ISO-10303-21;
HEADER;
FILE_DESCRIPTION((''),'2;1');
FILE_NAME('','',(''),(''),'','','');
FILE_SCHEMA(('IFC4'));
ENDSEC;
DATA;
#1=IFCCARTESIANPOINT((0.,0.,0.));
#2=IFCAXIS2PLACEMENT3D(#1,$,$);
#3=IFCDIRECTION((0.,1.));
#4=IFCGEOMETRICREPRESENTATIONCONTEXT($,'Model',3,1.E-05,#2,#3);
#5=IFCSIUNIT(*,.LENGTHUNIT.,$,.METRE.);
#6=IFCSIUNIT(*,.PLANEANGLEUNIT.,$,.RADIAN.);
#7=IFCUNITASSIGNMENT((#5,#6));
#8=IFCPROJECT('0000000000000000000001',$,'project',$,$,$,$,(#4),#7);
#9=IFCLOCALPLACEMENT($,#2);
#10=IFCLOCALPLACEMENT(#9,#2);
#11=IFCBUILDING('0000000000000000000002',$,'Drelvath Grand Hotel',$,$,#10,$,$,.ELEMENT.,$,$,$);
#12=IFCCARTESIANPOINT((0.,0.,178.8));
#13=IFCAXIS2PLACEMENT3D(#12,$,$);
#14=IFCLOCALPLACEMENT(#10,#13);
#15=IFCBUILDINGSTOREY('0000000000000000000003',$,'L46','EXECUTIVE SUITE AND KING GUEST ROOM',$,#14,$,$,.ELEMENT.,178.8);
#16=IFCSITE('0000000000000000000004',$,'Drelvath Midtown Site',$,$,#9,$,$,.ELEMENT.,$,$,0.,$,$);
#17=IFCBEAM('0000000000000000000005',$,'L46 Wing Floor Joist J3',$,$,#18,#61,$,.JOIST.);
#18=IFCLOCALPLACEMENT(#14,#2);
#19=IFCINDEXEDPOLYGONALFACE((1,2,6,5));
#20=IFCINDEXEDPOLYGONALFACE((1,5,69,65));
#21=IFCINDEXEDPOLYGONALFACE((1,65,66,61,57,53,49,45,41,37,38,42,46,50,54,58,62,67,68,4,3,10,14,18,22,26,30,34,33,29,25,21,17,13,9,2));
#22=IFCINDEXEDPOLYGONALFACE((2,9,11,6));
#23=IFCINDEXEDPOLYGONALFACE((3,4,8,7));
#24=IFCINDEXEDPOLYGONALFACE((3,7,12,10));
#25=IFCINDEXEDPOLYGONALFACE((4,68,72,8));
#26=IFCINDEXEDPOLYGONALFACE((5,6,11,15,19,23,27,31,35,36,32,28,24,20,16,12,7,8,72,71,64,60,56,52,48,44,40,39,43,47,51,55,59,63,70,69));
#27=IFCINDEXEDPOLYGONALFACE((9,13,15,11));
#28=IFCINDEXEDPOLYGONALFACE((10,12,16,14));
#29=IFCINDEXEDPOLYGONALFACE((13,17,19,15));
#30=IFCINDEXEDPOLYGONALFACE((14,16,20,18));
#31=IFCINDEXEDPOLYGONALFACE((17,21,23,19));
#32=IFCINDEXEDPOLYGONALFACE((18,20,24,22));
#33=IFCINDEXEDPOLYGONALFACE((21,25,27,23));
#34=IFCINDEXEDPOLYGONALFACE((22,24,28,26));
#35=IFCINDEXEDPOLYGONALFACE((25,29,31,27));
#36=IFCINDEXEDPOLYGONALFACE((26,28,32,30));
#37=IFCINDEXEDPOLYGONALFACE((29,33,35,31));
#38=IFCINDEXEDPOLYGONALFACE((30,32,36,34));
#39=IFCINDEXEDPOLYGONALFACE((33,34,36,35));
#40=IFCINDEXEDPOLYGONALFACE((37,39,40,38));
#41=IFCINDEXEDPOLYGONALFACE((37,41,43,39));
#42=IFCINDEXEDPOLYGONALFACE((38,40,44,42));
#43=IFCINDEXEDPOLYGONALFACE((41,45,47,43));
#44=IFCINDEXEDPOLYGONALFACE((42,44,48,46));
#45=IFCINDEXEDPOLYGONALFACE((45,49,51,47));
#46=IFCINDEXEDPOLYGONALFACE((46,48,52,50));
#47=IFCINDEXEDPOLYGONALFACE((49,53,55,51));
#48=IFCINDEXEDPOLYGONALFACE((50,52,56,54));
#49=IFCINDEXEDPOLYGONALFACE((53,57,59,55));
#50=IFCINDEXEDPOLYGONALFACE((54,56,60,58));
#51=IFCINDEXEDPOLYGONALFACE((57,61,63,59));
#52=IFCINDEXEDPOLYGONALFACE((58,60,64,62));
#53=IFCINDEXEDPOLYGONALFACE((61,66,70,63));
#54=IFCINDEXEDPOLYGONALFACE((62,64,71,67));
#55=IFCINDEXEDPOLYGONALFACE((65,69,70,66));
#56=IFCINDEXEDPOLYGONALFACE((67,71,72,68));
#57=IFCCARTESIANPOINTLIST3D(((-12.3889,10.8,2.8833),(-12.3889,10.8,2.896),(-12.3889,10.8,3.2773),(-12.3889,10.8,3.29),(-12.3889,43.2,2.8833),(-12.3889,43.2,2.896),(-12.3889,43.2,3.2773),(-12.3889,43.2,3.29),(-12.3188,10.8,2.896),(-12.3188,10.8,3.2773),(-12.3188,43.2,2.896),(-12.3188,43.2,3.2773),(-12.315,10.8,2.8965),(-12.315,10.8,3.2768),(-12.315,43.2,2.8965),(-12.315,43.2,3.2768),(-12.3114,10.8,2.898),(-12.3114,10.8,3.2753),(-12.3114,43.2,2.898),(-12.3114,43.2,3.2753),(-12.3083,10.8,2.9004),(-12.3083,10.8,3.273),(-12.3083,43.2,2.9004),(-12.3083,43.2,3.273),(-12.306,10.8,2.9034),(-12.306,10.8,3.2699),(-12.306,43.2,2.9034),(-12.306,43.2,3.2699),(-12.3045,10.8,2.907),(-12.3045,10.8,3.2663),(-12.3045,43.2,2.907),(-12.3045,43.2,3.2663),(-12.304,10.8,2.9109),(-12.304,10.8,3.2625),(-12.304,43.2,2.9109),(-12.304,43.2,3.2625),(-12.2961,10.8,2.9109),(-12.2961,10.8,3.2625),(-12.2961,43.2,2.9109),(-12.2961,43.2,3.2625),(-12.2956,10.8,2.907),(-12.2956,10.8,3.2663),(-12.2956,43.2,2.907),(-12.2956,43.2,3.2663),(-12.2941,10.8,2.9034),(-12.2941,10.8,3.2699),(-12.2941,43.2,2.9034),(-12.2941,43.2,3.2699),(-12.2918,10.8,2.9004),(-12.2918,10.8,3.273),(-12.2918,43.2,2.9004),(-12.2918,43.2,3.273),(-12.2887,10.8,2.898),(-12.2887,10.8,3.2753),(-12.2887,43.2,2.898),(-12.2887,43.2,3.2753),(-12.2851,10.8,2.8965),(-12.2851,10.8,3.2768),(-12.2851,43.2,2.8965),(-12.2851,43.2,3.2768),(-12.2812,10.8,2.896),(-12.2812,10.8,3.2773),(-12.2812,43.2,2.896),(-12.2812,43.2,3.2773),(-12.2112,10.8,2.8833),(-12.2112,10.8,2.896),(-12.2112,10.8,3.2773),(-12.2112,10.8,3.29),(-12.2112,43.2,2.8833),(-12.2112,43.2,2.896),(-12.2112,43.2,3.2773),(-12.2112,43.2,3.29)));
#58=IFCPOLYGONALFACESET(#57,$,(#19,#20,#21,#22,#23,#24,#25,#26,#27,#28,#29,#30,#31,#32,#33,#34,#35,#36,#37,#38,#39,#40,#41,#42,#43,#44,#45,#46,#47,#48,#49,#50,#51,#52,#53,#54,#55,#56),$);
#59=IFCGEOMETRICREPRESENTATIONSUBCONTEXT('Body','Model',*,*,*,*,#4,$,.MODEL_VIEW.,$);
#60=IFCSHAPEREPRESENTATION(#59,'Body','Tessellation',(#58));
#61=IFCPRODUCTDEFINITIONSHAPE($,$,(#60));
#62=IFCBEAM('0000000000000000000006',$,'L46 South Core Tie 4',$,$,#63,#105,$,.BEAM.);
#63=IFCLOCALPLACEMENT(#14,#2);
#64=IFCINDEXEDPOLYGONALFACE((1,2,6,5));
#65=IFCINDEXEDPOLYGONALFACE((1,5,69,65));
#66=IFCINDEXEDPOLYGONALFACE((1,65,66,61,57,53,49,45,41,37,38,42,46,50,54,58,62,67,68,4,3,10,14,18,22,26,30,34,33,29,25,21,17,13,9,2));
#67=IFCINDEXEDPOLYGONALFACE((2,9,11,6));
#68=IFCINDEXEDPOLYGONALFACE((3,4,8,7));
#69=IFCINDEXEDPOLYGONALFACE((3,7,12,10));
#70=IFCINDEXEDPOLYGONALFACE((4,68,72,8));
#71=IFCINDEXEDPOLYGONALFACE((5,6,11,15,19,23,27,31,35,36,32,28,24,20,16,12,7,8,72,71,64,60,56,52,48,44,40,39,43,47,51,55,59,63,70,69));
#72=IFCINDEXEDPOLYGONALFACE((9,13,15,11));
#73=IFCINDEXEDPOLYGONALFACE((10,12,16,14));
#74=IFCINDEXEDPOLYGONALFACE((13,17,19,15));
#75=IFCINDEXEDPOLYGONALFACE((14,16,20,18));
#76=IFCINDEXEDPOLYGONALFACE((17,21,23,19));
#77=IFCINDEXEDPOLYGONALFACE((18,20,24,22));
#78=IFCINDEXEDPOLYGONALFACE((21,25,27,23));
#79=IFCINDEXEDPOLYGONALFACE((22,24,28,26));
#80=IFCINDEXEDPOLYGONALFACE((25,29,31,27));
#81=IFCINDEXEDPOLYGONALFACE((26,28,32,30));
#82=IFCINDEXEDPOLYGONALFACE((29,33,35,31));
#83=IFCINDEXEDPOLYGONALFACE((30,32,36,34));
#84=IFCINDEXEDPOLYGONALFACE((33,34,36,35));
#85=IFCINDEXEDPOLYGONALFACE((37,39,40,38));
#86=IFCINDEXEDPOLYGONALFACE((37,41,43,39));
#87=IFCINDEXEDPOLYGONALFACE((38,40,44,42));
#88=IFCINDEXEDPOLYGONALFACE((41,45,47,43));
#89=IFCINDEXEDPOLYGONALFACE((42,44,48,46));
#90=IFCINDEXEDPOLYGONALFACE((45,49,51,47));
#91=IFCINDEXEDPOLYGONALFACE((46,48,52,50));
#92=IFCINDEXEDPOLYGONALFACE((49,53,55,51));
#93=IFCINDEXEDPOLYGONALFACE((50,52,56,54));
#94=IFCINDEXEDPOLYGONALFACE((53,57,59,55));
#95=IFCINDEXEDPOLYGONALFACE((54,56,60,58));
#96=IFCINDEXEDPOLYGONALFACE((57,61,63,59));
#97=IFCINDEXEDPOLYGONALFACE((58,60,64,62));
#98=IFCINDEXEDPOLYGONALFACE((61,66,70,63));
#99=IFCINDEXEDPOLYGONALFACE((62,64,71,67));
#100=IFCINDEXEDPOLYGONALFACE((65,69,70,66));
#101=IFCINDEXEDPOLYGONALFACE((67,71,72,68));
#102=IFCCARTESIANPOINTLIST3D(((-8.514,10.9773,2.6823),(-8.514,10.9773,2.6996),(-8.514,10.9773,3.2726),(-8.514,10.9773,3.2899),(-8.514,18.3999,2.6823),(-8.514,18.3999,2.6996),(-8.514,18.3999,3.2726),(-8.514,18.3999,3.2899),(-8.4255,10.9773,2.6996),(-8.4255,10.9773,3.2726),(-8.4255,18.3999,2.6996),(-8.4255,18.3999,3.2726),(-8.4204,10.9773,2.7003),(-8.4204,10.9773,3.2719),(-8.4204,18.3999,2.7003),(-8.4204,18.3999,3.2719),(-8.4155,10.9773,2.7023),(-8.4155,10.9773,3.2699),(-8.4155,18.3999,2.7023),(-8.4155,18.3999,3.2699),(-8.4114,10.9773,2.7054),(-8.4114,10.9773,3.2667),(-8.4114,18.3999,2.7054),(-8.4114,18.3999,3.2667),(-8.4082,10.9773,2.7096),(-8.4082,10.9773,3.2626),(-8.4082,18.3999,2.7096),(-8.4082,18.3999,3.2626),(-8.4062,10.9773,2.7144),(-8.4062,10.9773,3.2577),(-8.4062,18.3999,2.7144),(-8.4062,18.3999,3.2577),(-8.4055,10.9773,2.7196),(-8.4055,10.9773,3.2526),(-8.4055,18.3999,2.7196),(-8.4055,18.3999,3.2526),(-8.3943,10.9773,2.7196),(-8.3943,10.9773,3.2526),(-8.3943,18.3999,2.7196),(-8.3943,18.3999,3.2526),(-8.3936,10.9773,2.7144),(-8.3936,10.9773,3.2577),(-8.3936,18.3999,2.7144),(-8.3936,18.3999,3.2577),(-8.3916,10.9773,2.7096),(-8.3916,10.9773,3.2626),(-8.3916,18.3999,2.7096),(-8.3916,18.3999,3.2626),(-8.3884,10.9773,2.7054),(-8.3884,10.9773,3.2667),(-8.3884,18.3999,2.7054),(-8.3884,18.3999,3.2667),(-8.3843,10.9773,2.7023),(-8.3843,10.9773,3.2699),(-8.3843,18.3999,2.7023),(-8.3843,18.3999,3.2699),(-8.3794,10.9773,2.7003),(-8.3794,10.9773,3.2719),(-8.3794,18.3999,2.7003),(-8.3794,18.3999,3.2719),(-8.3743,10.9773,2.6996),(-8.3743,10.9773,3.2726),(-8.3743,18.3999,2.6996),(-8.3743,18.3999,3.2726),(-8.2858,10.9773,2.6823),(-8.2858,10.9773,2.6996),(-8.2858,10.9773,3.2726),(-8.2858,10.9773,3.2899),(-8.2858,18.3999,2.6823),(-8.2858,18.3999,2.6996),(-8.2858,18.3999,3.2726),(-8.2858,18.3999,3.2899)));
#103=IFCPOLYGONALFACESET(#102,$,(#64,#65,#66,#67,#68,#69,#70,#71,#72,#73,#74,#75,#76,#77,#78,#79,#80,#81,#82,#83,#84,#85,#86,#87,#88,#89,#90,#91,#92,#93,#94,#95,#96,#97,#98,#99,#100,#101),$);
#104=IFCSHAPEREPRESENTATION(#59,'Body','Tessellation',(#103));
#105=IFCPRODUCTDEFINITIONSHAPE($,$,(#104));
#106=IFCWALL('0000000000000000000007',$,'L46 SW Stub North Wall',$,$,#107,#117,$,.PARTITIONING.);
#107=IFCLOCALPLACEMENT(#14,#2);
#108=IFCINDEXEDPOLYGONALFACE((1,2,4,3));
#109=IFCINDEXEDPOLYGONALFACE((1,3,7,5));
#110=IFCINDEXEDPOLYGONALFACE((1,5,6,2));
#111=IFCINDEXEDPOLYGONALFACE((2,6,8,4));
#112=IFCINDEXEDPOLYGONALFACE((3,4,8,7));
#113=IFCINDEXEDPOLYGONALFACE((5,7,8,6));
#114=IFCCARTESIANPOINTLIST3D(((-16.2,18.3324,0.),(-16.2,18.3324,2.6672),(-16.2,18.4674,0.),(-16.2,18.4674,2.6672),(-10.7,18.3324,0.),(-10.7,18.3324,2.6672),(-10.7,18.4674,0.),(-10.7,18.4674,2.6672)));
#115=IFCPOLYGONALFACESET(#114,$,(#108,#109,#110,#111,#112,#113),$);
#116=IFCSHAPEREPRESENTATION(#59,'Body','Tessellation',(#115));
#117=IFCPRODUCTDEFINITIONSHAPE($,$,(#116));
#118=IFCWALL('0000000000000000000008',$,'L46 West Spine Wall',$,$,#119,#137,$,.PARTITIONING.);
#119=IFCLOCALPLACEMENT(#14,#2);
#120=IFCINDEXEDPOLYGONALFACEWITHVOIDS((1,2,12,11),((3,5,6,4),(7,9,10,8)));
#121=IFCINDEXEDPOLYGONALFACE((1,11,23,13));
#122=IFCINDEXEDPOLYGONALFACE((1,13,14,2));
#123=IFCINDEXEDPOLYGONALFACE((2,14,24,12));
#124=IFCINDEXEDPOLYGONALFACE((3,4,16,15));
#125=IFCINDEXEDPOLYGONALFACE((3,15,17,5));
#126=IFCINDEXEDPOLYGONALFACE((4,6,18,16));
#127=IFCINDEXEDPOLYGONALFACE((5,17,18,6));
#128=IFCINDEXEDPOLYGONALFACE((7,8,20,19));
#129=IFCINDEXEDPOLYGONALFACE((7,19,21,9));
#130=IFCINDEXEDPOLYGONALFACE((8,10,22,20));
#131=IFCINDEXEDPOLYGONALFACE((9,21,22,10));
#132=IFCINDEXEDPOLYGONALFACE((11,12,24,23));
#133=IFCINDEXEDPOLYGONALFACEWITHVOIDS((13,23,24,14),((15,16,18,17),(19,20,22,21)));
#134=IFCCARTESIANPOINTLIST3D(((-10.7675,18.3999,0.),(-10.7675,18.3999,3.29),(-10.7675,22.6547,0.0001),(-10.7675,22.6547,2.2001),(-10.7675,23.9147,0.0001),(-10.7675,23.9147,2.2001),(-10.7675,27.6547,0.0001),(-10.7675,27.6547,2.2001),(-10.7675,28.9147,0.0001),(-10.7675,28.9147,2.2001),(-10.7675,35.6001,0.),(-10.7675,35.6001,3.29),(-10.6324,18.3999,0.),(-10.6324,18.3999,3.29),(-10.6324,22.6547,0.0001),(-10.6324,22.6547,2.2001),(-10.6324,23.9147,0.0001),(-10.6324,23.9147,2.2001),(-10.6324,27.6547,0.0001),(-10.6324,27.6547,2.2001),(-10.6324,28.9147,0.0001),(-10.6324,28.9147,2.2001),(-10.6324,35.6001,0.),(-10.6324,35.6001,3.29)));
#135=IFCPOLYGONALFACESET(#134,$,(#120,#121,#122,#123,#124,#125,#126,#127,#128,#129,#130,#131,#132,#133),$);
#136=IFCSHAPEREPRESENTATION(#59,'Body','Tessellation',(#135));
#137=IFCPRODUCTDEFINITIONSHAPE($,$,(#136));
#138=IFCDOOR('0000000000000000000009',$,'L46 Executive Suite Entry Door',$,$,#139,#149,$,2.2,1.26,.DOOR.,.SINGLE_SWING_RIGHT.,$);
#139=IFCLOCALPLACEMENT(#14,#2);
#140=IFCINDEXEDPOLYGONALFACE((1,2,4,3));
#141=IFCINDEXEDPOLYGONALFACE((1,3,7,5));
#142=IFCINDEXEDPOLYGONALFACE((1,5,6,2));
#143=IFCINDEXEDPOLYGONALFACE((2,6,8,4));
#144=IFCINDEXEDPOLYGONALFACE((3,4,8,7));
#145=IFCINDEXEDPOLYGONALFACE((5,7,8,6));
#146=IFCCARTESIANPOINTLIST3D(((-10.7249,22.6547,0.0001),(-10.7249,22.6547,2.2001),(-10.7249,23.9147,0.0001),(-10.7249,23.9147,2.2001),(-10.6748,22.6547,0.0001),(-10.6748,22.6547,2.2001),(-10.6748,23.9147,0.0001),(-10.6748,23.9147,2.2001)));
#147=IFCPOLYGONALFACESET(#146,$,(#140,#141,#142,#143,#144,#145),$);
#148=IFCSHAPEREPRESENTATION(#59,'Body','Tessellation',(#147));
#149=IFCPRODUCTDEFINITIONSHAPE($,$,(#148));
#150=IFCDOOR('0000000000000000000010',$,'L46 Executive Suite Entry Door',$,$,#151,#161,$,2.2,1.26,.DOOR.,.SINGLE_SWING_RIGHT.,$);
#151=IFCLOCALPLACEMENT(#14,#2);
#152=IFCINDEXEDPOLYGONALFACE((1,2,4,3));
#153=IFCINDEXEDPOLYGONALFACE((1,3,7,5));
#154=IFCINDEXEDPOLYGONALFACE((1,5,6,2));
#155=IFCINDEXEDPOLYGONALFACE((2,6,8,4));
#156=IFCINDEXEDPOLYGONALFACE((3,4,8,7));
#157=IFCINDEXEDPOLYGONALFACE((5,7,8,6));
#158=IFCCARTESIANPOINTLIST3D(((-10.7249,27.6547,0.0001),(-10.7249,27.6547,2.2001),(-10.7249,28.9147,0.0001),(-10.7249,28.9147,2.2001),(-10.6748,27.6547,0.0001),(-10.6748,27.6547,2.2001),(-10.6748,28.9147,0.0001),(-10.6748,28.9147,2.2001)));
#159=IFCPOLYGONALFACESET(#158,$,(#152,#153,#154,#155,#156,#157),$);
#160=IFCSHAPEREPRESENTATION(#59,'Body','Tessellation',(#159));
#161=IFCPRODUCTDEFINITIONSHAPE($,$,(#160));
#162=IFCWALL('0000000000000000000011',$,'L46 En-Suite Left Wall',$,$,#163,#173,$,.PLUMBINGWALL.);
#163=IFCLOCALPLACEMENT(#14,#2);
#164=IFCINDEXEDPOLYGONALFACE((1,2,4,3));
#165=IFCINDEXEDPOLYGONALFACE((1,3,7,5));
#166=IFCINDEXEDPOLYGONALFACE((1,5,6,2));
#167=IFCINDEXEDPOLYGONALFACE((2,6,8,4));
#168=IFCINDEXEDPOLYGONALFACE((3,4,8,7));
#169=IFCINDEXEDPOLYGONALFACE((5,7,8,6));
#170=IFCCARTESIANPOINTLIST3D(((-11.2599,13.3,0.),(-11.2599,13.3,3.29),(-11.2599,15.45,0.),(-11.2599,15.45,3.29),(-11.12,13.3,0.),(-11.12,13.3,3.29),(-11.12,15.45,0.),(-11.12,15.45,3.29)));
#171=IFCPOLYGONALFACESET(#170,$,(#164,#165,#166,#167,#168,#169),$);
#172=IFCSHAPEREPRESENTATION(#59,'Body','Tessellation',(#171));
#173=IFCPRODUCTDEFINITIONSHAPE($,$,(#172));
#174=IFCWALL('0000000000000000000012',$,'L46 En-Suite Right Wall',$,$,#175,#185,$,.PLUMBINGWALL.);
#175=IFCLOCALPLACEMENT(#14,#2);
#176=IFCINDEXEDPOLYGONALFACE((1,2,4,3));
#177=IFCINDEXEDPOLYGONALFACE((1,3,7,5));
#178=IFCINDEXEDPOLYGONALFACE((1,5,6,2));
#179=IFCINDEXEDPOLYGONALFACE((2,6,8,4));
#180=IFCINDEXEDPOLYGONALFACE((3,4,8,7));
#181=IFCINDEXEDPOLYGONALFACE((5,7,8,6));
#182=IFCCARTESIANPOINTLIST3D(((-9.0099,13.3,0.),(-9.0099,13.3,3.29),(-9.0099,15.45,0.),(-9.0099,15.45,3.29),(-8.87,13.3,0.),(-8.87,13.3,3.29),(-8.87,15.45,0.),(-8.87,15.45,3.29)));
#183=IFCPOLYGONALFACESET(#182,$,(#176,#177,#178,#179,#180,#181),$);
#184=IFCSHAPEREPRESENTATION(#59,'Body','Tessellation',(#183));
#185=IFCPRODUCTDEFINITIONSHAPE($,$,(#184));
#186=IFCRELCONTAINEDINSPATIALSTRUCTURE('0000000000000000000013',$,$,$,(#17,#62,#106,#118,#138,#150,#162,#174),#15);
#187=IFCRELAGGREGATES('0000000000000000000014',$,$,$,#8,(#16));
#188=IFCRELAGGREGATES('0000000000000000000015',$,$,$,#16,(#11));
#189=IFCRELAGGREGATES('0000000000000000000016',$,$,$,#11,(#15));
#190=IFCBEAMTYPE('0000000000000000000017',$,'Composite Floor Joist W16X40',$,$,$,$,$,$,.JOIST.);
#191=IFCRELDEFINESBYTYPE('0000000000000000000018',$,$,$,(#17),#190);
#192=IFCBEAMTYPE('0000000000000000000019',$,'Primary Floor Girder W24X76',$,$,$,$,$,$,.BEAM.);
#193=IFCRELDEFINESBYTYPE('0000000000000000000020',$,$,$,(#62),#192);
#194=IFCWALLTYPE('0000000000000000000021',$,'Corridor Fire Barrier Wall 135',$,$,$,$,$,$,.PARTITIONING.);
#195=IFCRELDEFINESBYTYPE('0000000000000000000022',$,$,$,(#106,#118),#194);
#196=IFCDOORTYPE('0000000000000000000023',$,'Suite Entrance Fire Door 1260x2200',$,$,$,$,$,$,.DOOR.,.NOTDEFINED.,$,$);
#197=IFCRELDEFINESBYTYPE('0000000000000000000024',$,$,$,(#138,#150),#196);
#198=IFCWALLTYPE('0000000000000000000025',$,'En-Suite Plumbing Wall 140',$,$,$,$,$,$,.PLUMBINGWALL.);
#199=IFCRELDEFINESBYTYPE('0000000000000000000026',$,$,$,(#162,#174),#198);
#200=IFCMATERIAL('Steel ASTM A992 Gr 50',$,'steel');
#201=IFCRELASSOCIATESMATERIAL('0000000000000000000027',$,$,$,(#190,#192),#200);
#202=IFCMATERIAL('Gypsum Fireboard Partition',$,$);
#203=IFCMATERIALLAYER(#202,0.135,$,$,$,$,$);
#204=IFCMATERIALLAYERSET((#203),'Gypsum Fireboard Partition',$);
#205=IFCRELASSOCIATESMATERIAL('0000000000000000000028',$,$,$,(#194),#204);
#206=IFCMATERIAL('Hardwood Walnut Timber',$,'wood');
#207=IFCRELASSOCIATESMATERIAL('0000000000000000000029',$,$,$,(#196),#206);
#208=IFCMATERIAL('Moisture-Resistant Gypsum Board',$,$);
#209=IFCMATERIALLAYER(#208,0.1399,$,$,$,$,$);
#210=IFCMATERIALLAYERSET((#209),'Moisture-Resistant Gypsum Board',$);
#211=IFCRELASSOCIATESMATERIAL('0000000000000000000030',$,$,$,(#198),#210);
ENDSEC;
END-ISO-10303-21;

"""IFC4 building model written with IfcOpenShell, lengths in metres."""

from ifc_helpers import new_model, si_unit, direction, frame, frame_2d, origin, origin_2d, place, context, subcontext, project, spatial, rectangle, i_section, extrude, material, layer, layer_set, material_profile, profile_set, type_object, element, fill, save


model = new_model("IFC4")

# Units and contexts
model_context = context("Model", 3, precision=1e-05, world=origin(), true_north=direction((0.0, 1.0)))
body_context = subcontext(model_context, "Body", "Model", "MODEL_VIEW")
ifc_project = project(units=[si_unit("LENGTHUNIT", "METRE"), si_unit("PLANEANGLEUNIT", "RADIAN")], contexts=[model_context])

# Site, building, storey
site_placement = place(None, origin())
site = spatial("IfcSite", under=ifc_project, at=site_placement, Name="Drelvath Midtown Site", CompositionType="ELEMENT", RefElevation=0.0)
building_placement = place(site_placement, origin())
building = spatial("IfcBuilding", under=site, at=building_placement, Name="Drelvath Grand Hotel", CompositionType="ELEMENT")
storey_placement = place(building_placement, frame((0.0, 0.0, 178.8)))
storey = spatial("IfcBuildingStorey", under=building, at=storey_placement, Name="L46", Description="EXECUTIVE SUITE AND KING GUEST ROOM", CompositionType="ELEMENT", Elevation=178.8)

# Beams
ifc_material_1 = material(Name="Steel ASTM A992 Gr 50", Category="steel")
ifc_material_profile_1 = material_profile(ifc_material_1, i_section(OverallWidth=0.1777, OverallDepth=0.4067, WebThickness=0.0078, FlangeThickness=0.0127, FilletRadius=0.0149, at=origin_2d()), Name="W16X40")
ifc_profile_set_1 = profile_set([ifc_material_profile_1], Name="Steel ASTM A992 Gr 50")
beam_type_1 = type_object("IfcBeamType", Name="Composite Floor Joist W16X40", PredefinedType="JOIST", material=ifc_profile_set_1)
beam_1_placement = place(storey_placement, frame((-12.3, 10.8, 3.0867), z_axis=(0.0, 1.0, 0.0), x_axis=(-1.0, 0.0, 0.0)))
element("IfcBeam", 1, at=beam_1_placement, inside=storey, type_object=beam_type_1, Name="L46 Wing Floor Joist J3", PredefinedType="JOIST", context=body_context, shape_type="SweptSolid", body=[
    extrude(i_section(OverallWidth=0.1777, OverallDepth=0.4067, WebThickness=0.0078, FlangeThickness=0.0127, FilletRadius=0.0149, at=origin_2d()), origin(), (0.0, 0.0, 1.0), 32.3999),
])
ifc_material_profile_2 = material_profile(ifc_material_1, i_section(OverallWidth=0.2283, OverallDepth=0.6077, WebThickness=0.0112, FlangeThickness=0.0173, FilletRadius=0.02, at=origin_2d()), Name="W24X76")
ifc_profile_set_2 = profile_set([ifc_material_profile_2], Name="Steel ASTM A992 Gr 50")
beam_type_2 = type_object("IfcBeamType", Name="Primary Floor Girder W24X76", PredefinedType="BEAM", material=ifc_profile_set_2)
beam_2_placement = place(storey_placement, frame((-8.3999, 10.9773, 2.9861), z_axis=(0.0, 1.0, 0.0), x_axis=(-1.0, 0.0, 0.0)))
element("IfcBeam", 2, at=beam_2_placement, inside=storey, type_object=beam_type_2, Name="L46 South Core Tie 4", PredefinedType="BEAM", context=body_context, shape_type="SweptSolid", body=[
    extrude(i_section(OverallWidth=0.2283, OverallDepth=0.6077, WebThickness=0.0112, FlangeThickness=0.0173, FilletRadius=0.02, at=origin_2d()), origin(), (0.0, 0.0, 1.0), 7.4226),
])

# Wall
ifc_material_2 = material(Name="Gypsum Fireboard Partition")
ifc_layer_1 = layer(ifc_material_2, 0.135)
ifc_layer_set_1 = layer_set([ifc_layer_1], Name="Gypsum Fireboard Partition")
wall_type_1 = type_object("IfcWallType", Name="Corridor Fire Barrier Wall 135", PredefinedType="PARTITIONING", material=ifc_layer_set_1)
wall_1_placement = place(storey_placement, frame((-16.2, 18.3999, 0.0), z_axis=(0.0, 0.0, 1.0), x_axis=(1.0, 0.0, 0.0)))
element("IfcWall", 3, at=wall_1_placement, inside=storey, type_object=wall_type_1, Name="L46 SW Stub North Wall", PredefinedType="PARTITIONING", context=body_context, shape_type="SweptSolid", body=[
    extrude(rectangle(XDim=5.5, YDim=0.135, at=frame_2d((2.75, 0.0))), origin(), (0.0, 0.0, 1.0), 2.6672),
])

# Wall, openings, doors
wall_2_placement = place(storey_placement, frame((-10.7, 18.3999, 0.0), z_axis=(0.0, 0.0, 1.0), x_axis=(0.0, 1.0, 0.0)))
wall_2 = element("IfcWall", 4, at=wall_2_placement, inside=storey, type_object=wall_type_1, Name="L46 West Spine Wall", PredefinedType="PARTITIONING", context=body_context, shape_type="SweptSolid", body=[
    extrude(rectangle(XDim=17.2002, YDim=0.135, at=frame_2d((8.6001, 0.0))), origin(), (0.0, 0.0, 1.0), 3.29),
])
opening_1_placement = place(wall_2_placement, frame((4.2549, 0.0, 0.0)))
opening_1 = element("IfcOpeningElement", 5, at=opening_1_placement, cuts=wall_2, PredefinedType="OPENING", context=body_context, shape_type="SweptSolid", body=[
    extrude(rectangle(XDim=1.26, YDim=2.2, at=frame_2d((0.6299, 1.1001))), frame((0.0, 0.0774, 0.0), z_axis=(0.0, -1.0, 0.0), x_axis=(1.0, 0.0, 0.0)), (0.0, 0.0, 1.0), 0.155),
])
opening_2_placement = place(wall_2_placement, frame((9.2549, 0.0, 0.0)))
opening_2 = element("IfcOpeningElement", 6, at=opening_2_placement, cuts=wall_2, PredefinedType="OPENING", context=body_context, shape_type="SweptSolid", body=[
    extrude(rectangle(XDim=1.26, YDim=2.2, at=frame_2d((0.6299, 1.1001))), frame((0.0, 0.0774, 0.0), z_axis=(0.0, -1.0, 0.0), x_axis=(1.0, 0.0, 0.0)), (0.0, 0.0, 1.0), 0.155),
])
ifc_material_3 = material(Name="Hardwood Walnut Timber", Category="wood")
door_type_1 = type_object("IfcDoorType", Name="Suite Entrance Fire Door 1260x2200", OperationType="NOTDEFINED", PredefinedType="DOOR", material=ifc_material_3)
door_1_placement = place(opening_1_placement, origin())
door_1 = element("IfcDoor", 7, at=door_1_placement, inside=storey, type_object=door_type_1, Name="L46 Executive Suite Entry Door", OperationType="SINGLE_SWING_RIGHT", OverallHeight=2.2, OverallWidth=1.26, PredefinedType="DOOR", context=body_context, shape_type="SweptSolid", body=[
    extrude(rectangle(XDim=1.26, YDim=2.2, at=frame_2d((0.6299, 1.1001))), frame((0.0, 0.0249, 0.0), z_axis=(0.0, -1.0, 0.0), x_axis=(1.0, 0.0, 0.0)), (0.0, 0.0, 1.0), 0.05),
])
fill(opening_1, door_1)
door_2_placement = place(opening_2_placement, origin())
door_2 = element("IfcDoor", 8, at=door_2_placement, inside=storey, type_object=door_type_1, Name="L46 Executive Suite Entry Door", OperationType="SINGLE_SWING_RIGHT", OverallHeight=2.2, OverallWidth=1.26, PredefinedType="DOOR", context=body_context, shape_type="SweptSolid", body=[
    extrude(rectangle(XDim=1.26, YDim=2.2, at=frame_2d((0.6299, 1.1001))), frame((0.0, 0.0249, 0.0), z_axis=(0.0, -1.0, 0.0), x_axis=(1.0, 0.0, 0.0)), (0.0, 0.0, 1.0), 0.05),
])
fill(opening_2, door_2)

# Walls
ifc_material_4 = material(Name="Moisture-Resistant Gypsum Board")
ifc_layer_2 = layer(ifc_material_4, 0.1399)
ifc_layer_set_2 = layer_set([ifc_layer_2], Name="Moisture-Resistant Gypsum Board")
wall_type_2 = type_object("IfcWallType", Name="En-Suite Plumbing Wall 140", PredefinedType="PLUMBINGWALL", material=ifc_layer_set_2)
for number, where, z_axis, x_axis, name in (
    (9, (-11.1899, 15.45, 0.0), (0.0, 0.0, 1.0), (0.0, -1.0, 0.0), "L46 En-Suite Left Wall"),
    (10, (-8.9399, 15.45, 0.0), (0.0, 0.0, 1.0), (0.0, -1.0, 0.0), "L46 En-Suite Right Wall"),
):
    element("IfcWall", number, at=place(storey_placement, frame(where, z_axis=z_axis, x_axis=x_axis)), inside=storey, type_object=wall_type_2, Name=name, PredefinedType="PLUMBINGWALL", context=body_context, shape_type="SweptSolid", body=[
        extrude(rectangle(XDim=2.1499, YDim=0.1399, at=frame_2d((1.075, 0.0))), origin(), (0.0, 0.0, 1.0), 3.29),
    ])

save(model, "model.ifc")
